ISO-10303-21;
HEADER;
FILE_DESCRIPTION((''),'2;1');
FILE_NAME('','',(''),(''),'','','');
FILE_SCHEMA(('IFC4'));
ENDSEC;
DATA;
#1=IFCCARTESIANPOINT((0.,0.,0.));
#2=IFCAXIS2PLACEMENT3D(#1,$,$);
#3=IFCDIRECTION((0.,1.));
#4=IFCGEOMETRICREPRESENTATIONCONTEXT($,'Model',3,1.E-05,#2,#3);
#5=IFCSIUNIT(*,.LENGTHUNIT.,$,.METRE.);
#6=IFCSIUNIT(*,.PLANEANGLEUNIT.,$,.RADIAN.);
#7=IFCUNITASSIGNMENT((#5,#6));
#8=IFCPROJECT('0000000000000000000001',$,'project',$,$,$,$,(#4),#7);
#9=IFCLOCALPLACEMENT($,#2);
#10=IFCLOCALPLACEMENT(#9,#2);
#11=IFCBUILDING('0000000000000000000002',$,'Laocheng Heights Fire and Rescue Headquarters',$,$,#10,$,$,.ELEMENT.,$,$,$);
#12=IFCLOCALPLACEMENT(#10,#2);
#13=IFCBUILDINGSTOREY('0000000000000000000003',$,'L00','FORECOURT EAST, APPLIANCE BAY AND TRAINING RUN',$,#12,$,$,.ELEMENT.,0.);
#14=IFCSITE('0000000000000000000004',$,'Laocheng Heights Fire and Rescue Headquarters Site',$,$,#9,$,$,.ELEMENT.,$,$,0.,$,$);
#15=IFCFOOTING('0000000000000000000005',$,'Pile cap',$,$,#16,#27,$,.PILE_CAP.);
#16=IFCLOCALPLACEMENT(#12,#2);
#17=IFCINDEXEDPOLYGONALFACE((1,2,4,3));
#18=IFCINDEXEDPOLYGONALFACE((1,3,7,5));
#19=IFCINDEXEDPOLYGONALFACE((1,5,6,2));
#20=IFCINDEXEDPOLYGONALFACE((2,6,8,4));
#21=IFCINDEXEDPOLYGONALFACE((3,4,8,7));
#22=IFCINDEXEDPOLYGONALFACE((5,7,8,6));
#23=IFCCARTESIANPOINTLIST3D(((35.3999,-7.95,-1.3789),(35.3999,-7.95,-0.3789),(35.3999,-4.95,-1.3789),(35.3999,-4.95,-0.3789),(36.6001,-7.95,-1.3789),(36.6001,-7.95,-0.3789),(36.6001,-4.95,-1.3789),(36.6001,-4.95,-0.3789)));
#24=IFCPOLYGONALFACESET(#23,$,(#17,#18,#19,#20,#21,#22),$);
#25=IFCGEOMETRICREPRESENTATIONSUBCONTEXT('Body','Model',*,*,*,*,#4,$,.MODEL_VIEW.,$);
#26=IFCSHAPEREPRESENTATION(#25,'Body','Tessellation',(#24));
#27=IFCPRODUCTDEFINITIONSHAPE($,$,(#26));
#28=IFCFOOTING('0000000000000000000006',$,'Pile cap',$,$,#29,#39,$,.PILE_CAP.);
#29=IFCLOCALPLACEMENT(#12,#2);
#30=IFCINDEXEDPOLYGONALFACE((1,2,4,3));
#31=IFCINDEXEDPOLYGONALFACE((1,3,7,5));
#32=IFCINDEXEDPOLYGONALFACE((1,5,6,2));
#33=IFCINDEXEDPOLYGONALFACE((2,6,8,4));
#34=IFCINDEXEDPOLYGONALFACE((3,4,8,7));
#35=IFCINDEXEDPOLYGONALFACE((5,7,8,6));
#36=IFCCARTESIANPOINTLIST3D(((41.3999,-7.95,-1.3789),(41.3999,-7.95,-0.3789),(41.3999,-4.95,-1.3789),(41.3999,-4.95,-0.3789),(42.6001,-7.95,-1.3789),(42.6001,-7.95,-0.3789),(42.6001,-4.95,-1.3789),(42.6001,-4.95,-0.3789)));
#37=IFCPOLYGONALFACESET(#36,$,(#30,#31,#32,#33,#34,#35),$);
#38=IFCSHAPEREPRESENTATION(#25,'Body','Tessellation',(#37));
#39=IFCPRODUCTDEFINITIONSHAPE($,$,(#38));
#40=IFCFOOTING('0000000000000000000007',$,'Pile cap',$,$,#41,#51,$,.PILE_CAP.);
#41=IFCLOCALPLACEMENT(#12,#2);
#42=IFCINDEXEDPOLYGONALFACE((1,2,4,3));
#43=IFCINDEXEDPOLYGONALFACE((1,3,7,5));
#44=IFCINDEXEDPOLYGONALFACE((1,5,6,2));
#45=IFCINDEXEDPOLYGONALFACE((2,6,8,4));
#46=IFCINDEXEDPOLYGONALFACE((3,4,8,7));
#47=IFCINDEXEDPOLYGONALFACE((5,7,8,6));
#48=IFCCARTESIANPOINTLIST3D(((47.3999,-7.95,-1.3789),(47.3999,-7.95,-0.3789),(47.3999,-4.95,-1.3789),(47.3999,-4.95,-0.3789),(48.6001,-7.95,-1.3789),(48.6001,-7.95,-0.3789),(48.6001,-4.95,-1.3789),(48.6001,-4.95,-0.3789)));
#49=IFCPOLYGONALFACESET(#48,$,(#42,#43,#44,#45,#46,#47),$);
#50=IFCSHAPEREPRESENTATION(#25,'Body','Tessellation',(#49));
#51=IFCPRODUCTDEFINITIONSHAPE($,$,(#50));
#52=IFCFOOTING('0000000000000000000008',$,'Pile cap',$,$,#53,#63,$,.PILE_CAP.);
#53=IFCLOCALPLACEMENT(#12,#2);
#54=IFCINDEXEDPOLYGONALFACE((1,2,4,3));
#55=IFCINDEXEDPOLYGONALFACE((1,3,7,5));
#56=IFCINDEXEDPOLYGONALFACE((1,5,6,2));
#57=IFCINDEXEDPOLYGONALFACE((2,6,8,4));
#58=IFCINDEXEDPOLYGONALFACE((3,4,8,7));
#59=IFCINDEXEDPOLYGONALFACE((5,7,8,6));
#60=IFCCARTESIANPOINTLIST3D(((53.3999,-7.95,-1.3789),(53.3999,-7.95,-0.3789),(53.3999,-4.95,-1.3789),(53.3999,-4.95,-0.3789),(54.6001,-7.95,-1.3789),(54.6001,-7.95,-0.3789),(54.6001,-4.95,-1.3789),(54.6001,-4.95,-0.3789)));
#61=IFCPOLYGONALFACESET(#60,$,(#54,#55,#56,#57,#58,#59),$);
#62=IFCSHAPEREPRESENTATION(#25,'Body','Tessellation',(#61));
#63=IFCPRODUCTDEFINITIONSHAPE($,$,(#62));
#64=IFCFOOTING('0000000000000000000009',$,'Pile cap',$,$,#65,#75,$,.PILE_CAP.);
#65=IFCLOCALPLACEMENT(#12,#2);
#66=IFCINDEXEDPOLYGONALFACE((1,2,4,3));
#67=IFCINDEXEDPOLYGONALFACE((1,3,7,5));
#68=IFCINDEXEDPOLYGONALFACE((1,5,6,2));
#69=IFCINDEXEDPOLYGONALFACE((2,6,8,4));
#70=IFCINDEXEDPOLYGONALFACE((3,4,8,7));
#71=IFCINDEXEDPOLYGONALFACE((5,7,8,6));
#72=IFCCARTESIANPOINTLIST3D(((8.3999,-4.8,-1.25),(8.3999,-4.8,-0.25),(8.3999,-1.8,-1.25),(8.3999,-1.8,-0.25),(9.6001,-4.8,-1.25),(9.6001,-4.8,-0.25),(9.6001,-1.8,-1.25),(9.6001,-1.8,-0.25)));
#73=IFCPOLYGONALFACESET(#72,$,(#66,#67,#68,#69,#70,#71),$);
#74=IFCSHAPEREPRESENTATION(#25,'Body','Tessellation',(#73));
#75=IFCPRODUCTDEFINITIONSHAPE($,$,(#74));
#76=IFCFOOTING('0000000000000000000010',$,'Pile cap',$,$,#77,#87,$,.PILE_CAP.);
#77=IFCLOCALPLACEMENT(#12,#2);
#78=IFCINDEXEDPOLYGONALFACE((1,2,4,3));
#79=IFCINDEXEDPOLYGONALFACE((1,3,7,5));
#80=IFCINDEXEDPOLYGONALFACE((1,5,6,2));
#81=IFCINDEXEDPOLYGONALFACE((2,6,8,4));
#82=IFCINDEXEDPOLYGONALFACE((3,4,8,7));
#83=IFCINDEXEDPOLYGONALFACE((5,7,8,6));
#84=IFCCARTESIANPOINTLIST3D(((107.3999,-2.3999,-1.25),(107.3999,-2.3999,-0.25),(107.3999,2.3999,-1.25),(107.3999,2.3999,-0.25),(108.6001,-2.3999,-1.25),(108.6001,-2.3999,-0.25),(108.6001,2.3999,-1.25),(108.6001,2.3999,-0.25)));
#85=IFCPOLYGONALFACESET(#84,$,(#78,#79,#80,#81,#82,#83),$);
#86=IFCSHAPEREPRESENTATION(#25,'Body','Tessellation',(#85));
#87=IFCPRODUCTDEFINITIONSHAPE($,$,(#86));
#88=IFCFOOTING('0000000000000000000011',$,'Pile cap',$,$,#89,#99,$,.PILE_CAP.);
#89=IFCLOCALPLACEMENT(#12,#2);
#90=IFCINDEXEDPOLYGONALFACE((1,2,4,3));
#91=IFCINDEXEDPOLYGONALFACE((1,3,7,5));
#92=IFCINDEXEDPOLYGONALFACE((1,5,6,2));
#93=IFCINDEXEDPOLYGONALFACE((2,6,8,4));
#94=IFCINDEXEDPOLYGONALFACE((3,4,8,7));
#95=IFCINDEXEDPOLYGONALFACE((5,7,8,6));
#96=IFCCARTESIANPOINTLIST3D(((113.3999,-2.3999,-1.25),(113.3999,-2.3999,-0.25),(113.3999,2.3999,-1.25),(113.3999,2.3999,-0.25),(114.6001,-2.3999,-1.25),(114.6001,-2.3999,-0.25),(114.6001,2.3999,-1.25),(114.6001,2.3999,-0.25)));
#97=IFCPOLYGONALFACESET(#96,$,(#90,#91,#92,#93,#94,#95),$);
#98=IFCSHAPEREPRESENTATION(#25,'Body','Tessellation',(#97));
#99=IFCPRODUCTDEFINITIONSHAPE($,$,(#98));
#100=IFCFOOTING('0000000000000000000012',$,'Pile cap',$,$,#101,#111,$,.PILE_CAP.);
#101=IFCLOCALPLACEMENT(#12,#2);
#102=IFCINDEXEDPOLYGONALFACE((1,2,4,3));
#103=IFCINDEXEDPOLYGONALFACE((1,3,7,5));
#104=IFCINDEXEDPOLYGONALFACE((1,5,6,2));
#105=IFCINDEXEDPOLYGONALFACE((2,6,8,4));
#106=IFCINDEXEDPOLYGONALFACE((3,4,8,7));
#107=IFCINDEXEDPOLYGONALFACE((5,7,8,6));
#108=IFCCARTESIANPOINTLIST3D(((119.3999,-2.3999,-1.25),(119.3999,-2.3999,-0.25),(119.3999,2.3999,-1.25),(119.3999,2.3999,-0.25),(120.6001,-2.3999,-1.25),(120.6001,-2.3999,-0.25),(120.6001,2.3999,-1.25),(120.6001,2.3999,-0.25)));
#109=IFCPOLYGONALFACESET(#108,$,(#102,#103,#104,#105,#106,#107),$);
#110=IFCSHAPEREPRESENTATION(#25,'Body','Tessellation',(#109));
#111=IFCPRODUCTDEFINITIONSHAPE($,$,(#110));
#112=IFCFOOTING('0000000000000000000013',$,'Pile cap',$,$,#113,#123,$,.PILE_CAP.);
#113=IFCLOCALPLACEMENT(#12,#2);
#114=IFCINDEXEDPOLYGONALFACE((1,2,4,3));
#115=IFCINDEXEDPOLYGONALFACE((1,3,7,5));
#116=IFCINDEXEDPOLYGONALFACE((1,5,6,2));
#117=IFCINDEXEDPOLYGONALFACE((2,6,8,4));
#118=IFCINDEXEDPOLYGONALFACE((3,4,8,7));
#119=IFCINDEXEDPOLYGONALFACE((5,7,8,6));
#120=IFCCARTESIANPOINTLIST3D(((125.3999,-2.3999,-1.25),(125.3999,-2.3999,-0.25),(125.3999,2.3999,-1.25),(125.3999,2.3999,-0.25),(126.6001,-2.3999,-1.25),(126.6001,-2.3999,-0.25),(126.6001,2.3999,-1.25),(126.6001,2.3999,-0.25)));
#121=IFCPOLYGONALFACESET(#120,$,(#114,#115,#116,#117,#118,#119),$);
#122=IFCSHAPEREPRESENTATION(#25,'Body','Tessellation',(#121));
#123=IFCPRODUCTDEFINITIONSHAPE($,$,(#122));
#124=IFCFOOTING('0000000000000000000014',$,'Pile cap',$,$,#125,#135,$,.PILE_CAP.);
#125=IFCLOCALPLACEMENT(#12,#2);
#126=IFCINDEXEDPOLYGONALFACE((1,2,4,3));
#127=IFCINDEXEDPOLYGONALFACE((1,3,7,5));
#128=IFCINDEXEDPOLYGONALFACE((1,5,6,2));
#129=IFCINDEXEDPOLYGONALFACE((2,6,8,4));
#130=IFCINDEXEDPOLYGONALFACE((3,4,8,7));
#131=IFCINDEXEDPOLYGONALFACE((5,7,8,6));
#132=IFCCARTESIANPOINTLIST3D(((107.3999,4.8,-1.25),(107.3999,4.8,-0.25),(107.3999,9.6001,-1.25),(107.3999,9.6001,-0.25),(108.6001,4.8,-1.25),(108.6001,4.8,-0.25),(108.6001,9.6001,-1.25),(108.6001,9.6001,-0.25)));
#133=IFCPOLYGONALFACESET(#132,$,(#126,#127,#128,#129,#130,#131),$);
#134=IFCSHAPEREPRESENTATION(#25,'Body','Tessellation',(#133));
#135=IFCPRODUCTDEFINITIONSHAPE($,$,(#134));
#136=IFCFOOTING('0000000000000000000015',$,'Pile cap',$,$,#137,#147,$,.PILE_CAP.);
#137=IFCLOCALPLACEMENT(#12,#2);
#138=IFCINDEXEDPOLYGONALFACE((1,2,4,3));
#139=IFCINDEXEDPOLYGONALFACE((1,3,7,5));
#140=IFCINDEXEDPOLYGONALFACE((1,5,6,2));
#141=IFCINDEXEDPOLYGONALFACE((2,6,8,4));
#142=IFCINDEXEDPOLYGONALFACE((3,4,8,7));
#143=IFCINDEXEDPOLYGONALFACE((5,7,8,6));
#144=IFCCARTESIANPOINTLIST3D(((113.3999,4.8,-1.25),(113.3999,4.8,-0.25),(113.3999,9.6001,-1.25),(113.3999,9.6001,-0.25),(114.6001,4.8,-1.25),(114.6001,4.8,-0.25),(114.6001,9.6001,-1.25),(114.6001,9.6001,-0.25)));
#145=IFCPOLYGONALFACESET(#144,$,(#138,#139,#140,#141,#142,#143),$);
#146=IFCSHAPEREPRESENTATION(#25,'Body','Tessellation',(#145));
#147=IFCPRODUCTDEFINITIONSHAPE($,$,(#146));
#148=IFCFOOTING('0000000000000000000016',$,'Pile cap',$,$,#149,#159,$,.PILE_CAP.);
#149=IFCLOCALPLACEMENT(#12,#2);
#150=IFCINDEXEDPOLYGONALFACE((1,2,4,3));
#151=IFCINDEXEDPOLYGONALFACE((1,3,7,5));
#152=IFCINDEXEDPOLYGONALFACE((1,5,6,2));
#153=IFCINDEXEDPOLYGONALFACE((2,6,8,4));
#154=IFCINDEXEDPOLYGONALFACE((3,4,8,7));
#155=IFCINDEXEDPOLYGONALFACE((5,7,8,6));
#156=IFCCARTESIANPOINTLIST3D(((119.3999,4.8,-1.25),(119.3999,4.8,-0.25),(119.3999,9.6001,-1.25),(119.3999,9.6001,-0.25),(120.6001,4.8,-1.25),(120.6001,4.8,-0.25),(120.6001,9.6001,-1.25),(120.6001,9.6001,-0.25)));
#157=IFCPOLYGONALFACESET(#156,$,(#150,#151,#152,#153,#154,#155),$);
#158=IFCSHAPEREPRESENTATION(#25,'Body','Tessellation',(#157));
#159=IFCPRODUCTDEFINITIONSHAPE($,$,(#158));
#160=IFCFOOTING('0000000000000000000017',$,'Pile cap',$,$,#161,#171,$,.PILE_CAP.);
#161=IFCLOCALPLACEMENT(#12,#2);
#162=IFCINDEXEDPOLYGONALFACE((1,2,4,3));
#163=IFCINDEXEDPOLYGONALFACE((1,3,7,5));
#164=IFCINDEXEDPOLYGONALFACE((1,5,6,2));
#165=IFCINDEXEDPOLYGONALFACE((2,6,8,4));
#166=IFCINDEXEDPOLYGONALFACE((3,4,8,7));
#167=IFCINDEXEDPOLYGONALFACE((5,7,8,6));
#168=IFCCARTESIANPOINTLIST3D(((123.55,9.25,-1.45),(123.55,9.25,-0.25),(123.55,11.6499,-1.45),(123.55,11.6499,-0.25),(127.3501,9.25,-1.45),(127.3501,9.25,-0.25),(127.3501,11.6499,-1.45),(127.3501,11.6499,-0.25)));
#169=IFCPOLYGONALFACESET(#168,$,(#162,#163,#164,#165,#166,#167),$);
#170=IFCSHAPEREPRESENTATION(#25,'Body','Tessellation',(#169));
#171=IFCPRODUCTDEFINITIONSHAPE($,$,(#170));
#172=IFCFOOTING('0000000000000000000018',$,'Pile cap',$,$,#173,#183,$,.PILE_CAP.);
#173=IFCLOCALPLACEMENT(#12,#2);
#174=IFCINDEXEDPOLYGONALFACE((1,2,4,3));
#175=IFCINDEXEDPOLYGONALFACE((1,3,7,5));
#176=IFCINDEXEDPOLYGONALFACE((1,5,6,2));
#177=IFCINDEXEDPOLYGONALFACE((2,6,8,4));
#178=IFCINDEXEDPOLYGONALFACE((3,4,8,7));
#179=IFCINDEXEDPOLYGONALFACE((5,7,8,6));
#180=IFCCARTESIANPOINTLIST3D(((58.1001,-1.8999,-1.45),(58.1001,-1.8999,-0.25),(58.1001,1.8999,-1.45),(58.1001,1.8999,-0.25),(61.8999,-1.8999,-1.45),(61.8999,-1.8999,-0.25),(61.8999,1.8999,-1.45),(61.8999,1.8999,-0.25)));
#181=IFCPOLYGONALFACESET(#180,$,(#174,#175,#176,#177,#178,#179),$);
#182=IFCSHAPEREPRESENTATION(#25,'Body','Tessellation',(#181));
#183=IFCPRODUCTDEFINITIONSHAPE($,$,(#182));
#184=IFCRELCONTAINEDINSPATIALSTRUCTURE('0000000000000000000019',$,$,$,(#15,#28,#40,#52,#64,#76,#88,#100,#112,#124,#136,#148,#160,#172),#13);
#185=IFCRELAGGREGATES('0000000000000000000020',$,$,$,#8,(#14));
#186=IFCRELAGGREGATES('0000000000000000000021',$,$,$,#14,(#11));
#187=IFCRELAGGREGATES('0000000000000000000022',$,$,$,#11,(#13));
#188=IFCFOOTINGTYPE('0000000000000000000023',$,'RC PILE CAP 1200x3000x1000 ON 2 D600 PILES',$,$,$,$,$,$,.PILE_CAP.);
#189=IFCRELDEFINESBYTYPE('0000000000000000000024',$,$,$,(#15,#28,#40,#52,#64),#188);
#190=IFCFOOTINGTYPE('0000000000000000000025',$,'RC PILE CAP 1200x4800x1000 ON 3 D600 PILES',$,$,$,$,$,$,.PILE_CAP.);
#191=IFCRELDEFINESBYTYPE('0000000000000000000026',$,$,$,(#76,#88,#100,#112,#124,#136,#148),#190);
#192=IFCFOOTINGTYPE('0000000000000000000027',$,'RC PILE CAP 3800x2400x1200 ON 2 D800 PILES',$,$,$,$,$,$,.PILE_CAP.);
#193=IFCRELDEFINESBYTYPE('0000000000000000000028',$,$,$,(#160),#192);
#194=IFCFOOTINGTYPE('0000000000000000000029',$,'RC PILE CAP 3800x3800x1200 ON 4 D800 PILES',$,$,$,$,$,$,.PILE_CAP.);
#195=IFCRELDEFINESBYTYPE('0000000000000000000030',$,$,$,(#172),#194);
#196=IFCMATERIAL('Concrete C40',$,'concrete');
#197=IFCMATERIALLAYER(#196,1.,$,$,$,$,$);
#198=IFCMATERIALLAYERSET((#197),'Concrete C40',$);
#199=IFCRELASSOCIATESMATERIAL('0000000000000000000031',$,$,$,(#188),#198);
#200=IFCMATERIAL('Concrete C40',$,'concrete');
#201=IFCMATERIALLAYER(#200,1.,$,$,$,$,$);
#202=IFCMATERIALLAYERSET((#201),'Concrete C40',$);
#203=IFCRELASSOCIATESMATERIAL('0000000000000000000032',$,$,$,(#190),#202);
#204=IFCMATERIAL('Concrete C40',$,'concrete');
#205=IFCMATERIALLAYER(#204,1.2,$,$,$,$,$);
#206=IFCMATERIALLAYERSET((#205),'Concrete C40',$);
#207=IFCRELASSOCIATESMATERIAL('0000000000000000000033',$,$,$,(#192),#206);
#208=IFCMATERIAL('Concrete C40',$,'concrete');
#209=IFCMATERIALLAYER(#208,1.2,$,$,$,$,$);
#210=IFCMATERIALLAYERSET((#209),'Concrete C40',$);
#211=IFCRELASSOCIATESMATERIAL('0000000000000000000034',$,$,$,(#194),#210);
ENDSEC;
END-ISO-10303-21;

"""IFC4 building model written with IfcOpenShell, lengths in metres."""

from ifc_helpers import new_model, si_unit, direction, frame, origin, place, context, subcontext, project, spatial, polyline, outline, extrude, material, layer, layer_set, type_object, element, save


model = new_model("IFC4")

# Units and contexts
model_context = context("Model", 3, precision=1e-05, world=origin(), true_north=direction((0.0, 1.0)))
body_context = subcontext(model_context, "Body", "Model", "MODEL_VIEW")
ifc_project = project(units=[si_unit("LENGTHUNIT", "METRE"), si_unit("PLANEANGLEUNIT", "RADIAN")], contexts=[model_context])

# Site, building, storey
site_placement = place(None, origin())
site = spatial("IfcSite", under=ifc_project, at=site_placement, Name="Laocheng Heights Fire and Rescue Headquarters Site", CompositionType="ELEMENT", RefElevation=0.0)
building_placement = place(site_placement, origin())
building = spatial("IfcBuilding", under=site, at=building_placement, Name="Laocheng Heights Fire and Rescue Headquarters", CompositionType="ELEMENT")
storey_placement = place(building_placement, origin())
storey = spatial("IfcBuildingStorey", under=building, at=storey_placement, Name="L00", Description="FORECOURT EAST, APPLIANCE BAY AND TRAINING RUN", CompositionType="ELEMENT", Elevation=0.0)

# Footings
ifc_material_1 = material(Name="Concrete C40", Category="concrete")
ifc_layer_1 = layer(ifc_material_1, 1.0)
ifc_layer_set_1 = layer_set([ifc_layer_1], Name="Concrete C40")
footing_type_1 = type_object("IfcFootingType", Name="RC PILE CAP 1200x3000x1000 ON 2 D600 PILES", PredefinedType="PILE_CAP", material=ifc_layer_set_1)
footing_1_placement = place(storey_placement, frame((0.0, 0.0, -1.3789)))
element("IfcFooting", 1, at=footing_1_placement, inside=storey, type_object=footing_type_1, Name="Pile cap", PredefinedType="PILE_CAP", context=body_context, shape_type="SweptSolid", body=[
    extrude(outline(polyline([(36.6001, -7.95), (36.6001, -4.95), (35.3999, -4.95), (35.3999, -7.95), (36.6001, -7.95)])), origin(), (0.0, 0.0, 1.0), 1.0),
])
footing_2_placement = place(storey_placement, frame((0.0, 0.0, -1.3789)))
element("IfcFooting", 2, at=footing_2_placement, inside=storey, type_object=footing_type_1, Name="Pile cap", PredefinedType="PILE_CAP", context=body_context, shape_type="SweptSolid", body=[
    extrude(outline(polyline([(42.6001, -7.95), (42.6001, -4.95), (41.3999, -4.95), (41.3999, -7.95), (42.6001, -7.95)])), origin(), (0.0, 0.0, 1.0), 1.0),
])
footing_3_placement = place(storey_placement, frame((0.0, 0.0, -1.3789)))
element("IfcFooting", 3, at=footing_3_placement, inside=storey, type_object=footing_type_1, Name="Pile cap", PredefinedType="PILE_CAP", context=body_context, shape_type="SweptSolid", body=[
    extrude(outline(polyline([(48.6001, -7.95), (48.6001, -4.95), (47.3999, -4.95), (47.3999, -7.95), (48.6001, -7.95)])), origin(), (0.0, 0.0, 1.0), 1.0),
])
footing_4_placement = place(storey_placement, frame((0.0, 0.0, -1.3789)))
element("IfcFooting", 4, at=footing_4_placement, inside=storey, type_object=footing_type_1, Name="Pile cap", PredefinedType="PILE_CAP", context=body_context, shape_type="SweptSolid", body=[
    extrude(outline(polyline([(54.6001, -7.95), (54.6001, -4.95), (53.3999, -4.95), (53.3999, -7.95), (54.6001, -7.95)])), origin(), (0.0, 0.0, 1.0), 1.0),
])
footing_5_placement = place(storey_placement, frame((0.0, 0.0, -1.25)))
element("IfcFooting", 5, at=footing_5_placement, inside=storey, type_object=footing_type_1, Name="Pile cap", PredefinedType="PILE_CAP", context=body_context, shape_type="SweptSolid", body=[
    extrude(outline(polyline([(9.6001, -4.8), (9.6001, -1.8), (8.3999, -1.8), (8.3999, -4.8), (9.6001, -4.8)])), origin(), (0.0, 0.0, 1.0), 1.0),
])
ifc_material_2 = material(Name="Concrete C40", Category="concrete")
ifc_layer_2 = layer(ifc_material_2, 1.0)
ifc_layer_set_2 = layer_set([ifc_layer_2], Name="Concrete C40")
footing_type_2 = type_object("IfcFootingType", Name="RC PILE CAP 1200x4800x1000 ON 3 D600 PILES", PredefinedType="PILE_CAP", material=ifc_layer_set_2)
footing_6_placement = place(storey_placement, frame((0.0, 0.0, -1.25)))
element("IfcFooting", 6, at=footing_6_placement, inside=storey, type_object=footing_type_2, Name="Pile cap", PredefinedType="PILE_CAP", context=body_context, shape_type="SweptSolid", body=[
    extrude(outline(polyline([(108.6001, -2.3999), (108.6001, 2.3999), (107.3999, 2.3999), (107.3999, -2.3999), (108.6001, -2.3999)])), origin(), (0.0, 0.0, 1.0), 1.0),
])
footing_7_placement = place(storey_placement, frame((0.0, 0.0, -1.25)))
element("IfcFooting", 7, at=footing_7_placement, inside=storey, type_object=footing_type_2, Name="Pile cap", PredefinedType="PILE_CAP", context=body_context, shape_type="SweptSolid", body=[
    extrude(outline(polyline([(114.6001, -2.3999), (114.6001, 2.3999), (113.3999, 2.3999), (113.3999, -2.3999), (114.6001, -2.3999)])), origin(), (0.0, 0.0, 1.0), 1.0),
])
footing_8_placement = place(storey_placement, frame((0.0, 0.0, -1.25)))
element("IfcFooting", 8, at=footing_8_placement, inside=storey, type_object=footing_type_2, Name="Pile cap", PredefinedType="PILE_CAP", context=body_context, shape_type="SweptSolid", body=[
    extrude(outline(polyline([(120.6001, -2.3999), (120.6001, 2.3999), (119.3999, 2.3999), (119.3999, -2.3999), (120.6001, -2.3999)])), origin(), (0.0, 0.0, 1.0), 1.0),
])
footing_9_placement = place(storey_placement, frame((0.0, 0.0, -1.25)))
element("IfcFooting", 9, at=footing_9_placement, inside=storey, type_object=footing_type_2, Name="Pile cap", PredefinedType="PILE_CAP", context=body_context, shape_type="SweptSolid", body=[
    extrude(outline(polyline([(126.6001, -2.3999), (126.6001, 2.3999), (125.3999, 2.3999), (125.3999, -2.3999), (126.6001, -2.3999)])), origin(), (0.0, 0.0, 1.0), 1.0),
])
footing_10_placement = place(storey_placement, frame((0.0, 0.0, -1.25)))
element("IfcFooting", 10, at=footing_10_placement, inside=storey, type_object=footing_type_2, Name="Pile cap", PredefinedType="PILE_CAP", context=body_context, shape_type="SweptSolid", body=[
    extrude(outline(polyline([(108.6001, 4.8), (108.6001, 9.6001), (107.3999, 9.6001), (107.3999, 4.8), (108.6001, 4.8)])), origin(), (0.0, 0.0, 1.0), 1.0),
])
footing_11_placement = place(storey_placement, frame((0.0, 0.0, -1.25)))
element("IfcFooting", 11, at=footing_11_placement, inside=storey, type_object=footing_type_2, Name="Pile cap", PredefinedType="PILE_CAP", context=body_context, shape_type="SweptSolid", body=[
    extrude(outline(polyline([(114.6001, 4.8), (114.6001, 9.6001), (113.3999, 9.6001), (113.3999, 4.8), (114.6001, 4.8)])), origin(), (0.0, 0.0, 1.0), 1.0),
])
footing_12_placement = place(storey_placement, frame((0.0, 0.0, -1.25)))
element("IfcFooting", 12, at=footing_12_placement, inside=storey, type_object=footing_type_2, Name="Pile cap", PredefinedType="PILE_CAP", context=body_context, shape_type="SweptSolid", body=[
    extrude(outline(polyline([(120.6001, 4.8), (120.6001, 9.6001), (119.3999, 9.6001), (119.3999, 4.8), (120.6001, 4.8)])), origin(), (0.0, 0.0, 1.0), 1.0),
])
ifc_material_3 = material(Name="Concrete C40", Category="concrete")
ifc_layer_3 = layer(ifc_material_3, 1.2)
ifc_layer_set_3 = layer_set([ifc_layer_3], Name="Concrete C40")
footing_type_3 = type_object("IfcFootingType", Name="RC PILE CAP 3800x2400x1200 ON 2 D800 PILES", PredefinedType="PILE_CAP", material=ifc_layer_set_3)
footing_13_placement = place(storey_placement, frame((0.0, 0.0, -1.45)))
element("IfcFooting", 13, at=footing_13_placement, inside=storey, type_object=footing_type_3, Name="Pile cap", PredefinedType="PILE_CAP", context=body_context, shape_type="SweptSolid", body=[
    extrude(outline(polyline([(127.3501, 9.25), (127.3501, 11.6499), (123.55, 11.6499), (123.55, 9.25), (127.3501, 9.25)])), origin(), (0.0, 0.0, 1.0), 1.2),
])
ifc_material_4 = material(Name="Concrete C40", Category="concrete")
ifc_layer_4 = layer(ifc_material_4, 1.2)
ifc_layer_set_4 = layer_set([ifc_layer_4], Name="Concrete C40")
footing_type_4 = type_object("IfcFootingType", Name="RC PILE CAP 3800x3800x1200 ON 4 D800 PILES", PredefinedType="PILE_CAP", material=ifc_layer_set_4)
footing_14_placement = place(storey_placement, frame((0.0, 0.0, -1.45)))
element("IfcFooting", 14, at=footing_14_placement, inside=storey, type_object=footing_type_4, Name="Pile cap", PredefinedType="PILE_CAP", context=body_context, shape_type="SweptSolid", body=[
    extrude(outline(polyline([(61.8999, -1.8999), (61.8999, 1.8999), (58.1001, 1.8999), (58.1001, -1.8999), (61.8999, -1.8999)])), origin(), (0.0, 0.0, 1.0), 1.2),
])

save(model, "model.ifc")
